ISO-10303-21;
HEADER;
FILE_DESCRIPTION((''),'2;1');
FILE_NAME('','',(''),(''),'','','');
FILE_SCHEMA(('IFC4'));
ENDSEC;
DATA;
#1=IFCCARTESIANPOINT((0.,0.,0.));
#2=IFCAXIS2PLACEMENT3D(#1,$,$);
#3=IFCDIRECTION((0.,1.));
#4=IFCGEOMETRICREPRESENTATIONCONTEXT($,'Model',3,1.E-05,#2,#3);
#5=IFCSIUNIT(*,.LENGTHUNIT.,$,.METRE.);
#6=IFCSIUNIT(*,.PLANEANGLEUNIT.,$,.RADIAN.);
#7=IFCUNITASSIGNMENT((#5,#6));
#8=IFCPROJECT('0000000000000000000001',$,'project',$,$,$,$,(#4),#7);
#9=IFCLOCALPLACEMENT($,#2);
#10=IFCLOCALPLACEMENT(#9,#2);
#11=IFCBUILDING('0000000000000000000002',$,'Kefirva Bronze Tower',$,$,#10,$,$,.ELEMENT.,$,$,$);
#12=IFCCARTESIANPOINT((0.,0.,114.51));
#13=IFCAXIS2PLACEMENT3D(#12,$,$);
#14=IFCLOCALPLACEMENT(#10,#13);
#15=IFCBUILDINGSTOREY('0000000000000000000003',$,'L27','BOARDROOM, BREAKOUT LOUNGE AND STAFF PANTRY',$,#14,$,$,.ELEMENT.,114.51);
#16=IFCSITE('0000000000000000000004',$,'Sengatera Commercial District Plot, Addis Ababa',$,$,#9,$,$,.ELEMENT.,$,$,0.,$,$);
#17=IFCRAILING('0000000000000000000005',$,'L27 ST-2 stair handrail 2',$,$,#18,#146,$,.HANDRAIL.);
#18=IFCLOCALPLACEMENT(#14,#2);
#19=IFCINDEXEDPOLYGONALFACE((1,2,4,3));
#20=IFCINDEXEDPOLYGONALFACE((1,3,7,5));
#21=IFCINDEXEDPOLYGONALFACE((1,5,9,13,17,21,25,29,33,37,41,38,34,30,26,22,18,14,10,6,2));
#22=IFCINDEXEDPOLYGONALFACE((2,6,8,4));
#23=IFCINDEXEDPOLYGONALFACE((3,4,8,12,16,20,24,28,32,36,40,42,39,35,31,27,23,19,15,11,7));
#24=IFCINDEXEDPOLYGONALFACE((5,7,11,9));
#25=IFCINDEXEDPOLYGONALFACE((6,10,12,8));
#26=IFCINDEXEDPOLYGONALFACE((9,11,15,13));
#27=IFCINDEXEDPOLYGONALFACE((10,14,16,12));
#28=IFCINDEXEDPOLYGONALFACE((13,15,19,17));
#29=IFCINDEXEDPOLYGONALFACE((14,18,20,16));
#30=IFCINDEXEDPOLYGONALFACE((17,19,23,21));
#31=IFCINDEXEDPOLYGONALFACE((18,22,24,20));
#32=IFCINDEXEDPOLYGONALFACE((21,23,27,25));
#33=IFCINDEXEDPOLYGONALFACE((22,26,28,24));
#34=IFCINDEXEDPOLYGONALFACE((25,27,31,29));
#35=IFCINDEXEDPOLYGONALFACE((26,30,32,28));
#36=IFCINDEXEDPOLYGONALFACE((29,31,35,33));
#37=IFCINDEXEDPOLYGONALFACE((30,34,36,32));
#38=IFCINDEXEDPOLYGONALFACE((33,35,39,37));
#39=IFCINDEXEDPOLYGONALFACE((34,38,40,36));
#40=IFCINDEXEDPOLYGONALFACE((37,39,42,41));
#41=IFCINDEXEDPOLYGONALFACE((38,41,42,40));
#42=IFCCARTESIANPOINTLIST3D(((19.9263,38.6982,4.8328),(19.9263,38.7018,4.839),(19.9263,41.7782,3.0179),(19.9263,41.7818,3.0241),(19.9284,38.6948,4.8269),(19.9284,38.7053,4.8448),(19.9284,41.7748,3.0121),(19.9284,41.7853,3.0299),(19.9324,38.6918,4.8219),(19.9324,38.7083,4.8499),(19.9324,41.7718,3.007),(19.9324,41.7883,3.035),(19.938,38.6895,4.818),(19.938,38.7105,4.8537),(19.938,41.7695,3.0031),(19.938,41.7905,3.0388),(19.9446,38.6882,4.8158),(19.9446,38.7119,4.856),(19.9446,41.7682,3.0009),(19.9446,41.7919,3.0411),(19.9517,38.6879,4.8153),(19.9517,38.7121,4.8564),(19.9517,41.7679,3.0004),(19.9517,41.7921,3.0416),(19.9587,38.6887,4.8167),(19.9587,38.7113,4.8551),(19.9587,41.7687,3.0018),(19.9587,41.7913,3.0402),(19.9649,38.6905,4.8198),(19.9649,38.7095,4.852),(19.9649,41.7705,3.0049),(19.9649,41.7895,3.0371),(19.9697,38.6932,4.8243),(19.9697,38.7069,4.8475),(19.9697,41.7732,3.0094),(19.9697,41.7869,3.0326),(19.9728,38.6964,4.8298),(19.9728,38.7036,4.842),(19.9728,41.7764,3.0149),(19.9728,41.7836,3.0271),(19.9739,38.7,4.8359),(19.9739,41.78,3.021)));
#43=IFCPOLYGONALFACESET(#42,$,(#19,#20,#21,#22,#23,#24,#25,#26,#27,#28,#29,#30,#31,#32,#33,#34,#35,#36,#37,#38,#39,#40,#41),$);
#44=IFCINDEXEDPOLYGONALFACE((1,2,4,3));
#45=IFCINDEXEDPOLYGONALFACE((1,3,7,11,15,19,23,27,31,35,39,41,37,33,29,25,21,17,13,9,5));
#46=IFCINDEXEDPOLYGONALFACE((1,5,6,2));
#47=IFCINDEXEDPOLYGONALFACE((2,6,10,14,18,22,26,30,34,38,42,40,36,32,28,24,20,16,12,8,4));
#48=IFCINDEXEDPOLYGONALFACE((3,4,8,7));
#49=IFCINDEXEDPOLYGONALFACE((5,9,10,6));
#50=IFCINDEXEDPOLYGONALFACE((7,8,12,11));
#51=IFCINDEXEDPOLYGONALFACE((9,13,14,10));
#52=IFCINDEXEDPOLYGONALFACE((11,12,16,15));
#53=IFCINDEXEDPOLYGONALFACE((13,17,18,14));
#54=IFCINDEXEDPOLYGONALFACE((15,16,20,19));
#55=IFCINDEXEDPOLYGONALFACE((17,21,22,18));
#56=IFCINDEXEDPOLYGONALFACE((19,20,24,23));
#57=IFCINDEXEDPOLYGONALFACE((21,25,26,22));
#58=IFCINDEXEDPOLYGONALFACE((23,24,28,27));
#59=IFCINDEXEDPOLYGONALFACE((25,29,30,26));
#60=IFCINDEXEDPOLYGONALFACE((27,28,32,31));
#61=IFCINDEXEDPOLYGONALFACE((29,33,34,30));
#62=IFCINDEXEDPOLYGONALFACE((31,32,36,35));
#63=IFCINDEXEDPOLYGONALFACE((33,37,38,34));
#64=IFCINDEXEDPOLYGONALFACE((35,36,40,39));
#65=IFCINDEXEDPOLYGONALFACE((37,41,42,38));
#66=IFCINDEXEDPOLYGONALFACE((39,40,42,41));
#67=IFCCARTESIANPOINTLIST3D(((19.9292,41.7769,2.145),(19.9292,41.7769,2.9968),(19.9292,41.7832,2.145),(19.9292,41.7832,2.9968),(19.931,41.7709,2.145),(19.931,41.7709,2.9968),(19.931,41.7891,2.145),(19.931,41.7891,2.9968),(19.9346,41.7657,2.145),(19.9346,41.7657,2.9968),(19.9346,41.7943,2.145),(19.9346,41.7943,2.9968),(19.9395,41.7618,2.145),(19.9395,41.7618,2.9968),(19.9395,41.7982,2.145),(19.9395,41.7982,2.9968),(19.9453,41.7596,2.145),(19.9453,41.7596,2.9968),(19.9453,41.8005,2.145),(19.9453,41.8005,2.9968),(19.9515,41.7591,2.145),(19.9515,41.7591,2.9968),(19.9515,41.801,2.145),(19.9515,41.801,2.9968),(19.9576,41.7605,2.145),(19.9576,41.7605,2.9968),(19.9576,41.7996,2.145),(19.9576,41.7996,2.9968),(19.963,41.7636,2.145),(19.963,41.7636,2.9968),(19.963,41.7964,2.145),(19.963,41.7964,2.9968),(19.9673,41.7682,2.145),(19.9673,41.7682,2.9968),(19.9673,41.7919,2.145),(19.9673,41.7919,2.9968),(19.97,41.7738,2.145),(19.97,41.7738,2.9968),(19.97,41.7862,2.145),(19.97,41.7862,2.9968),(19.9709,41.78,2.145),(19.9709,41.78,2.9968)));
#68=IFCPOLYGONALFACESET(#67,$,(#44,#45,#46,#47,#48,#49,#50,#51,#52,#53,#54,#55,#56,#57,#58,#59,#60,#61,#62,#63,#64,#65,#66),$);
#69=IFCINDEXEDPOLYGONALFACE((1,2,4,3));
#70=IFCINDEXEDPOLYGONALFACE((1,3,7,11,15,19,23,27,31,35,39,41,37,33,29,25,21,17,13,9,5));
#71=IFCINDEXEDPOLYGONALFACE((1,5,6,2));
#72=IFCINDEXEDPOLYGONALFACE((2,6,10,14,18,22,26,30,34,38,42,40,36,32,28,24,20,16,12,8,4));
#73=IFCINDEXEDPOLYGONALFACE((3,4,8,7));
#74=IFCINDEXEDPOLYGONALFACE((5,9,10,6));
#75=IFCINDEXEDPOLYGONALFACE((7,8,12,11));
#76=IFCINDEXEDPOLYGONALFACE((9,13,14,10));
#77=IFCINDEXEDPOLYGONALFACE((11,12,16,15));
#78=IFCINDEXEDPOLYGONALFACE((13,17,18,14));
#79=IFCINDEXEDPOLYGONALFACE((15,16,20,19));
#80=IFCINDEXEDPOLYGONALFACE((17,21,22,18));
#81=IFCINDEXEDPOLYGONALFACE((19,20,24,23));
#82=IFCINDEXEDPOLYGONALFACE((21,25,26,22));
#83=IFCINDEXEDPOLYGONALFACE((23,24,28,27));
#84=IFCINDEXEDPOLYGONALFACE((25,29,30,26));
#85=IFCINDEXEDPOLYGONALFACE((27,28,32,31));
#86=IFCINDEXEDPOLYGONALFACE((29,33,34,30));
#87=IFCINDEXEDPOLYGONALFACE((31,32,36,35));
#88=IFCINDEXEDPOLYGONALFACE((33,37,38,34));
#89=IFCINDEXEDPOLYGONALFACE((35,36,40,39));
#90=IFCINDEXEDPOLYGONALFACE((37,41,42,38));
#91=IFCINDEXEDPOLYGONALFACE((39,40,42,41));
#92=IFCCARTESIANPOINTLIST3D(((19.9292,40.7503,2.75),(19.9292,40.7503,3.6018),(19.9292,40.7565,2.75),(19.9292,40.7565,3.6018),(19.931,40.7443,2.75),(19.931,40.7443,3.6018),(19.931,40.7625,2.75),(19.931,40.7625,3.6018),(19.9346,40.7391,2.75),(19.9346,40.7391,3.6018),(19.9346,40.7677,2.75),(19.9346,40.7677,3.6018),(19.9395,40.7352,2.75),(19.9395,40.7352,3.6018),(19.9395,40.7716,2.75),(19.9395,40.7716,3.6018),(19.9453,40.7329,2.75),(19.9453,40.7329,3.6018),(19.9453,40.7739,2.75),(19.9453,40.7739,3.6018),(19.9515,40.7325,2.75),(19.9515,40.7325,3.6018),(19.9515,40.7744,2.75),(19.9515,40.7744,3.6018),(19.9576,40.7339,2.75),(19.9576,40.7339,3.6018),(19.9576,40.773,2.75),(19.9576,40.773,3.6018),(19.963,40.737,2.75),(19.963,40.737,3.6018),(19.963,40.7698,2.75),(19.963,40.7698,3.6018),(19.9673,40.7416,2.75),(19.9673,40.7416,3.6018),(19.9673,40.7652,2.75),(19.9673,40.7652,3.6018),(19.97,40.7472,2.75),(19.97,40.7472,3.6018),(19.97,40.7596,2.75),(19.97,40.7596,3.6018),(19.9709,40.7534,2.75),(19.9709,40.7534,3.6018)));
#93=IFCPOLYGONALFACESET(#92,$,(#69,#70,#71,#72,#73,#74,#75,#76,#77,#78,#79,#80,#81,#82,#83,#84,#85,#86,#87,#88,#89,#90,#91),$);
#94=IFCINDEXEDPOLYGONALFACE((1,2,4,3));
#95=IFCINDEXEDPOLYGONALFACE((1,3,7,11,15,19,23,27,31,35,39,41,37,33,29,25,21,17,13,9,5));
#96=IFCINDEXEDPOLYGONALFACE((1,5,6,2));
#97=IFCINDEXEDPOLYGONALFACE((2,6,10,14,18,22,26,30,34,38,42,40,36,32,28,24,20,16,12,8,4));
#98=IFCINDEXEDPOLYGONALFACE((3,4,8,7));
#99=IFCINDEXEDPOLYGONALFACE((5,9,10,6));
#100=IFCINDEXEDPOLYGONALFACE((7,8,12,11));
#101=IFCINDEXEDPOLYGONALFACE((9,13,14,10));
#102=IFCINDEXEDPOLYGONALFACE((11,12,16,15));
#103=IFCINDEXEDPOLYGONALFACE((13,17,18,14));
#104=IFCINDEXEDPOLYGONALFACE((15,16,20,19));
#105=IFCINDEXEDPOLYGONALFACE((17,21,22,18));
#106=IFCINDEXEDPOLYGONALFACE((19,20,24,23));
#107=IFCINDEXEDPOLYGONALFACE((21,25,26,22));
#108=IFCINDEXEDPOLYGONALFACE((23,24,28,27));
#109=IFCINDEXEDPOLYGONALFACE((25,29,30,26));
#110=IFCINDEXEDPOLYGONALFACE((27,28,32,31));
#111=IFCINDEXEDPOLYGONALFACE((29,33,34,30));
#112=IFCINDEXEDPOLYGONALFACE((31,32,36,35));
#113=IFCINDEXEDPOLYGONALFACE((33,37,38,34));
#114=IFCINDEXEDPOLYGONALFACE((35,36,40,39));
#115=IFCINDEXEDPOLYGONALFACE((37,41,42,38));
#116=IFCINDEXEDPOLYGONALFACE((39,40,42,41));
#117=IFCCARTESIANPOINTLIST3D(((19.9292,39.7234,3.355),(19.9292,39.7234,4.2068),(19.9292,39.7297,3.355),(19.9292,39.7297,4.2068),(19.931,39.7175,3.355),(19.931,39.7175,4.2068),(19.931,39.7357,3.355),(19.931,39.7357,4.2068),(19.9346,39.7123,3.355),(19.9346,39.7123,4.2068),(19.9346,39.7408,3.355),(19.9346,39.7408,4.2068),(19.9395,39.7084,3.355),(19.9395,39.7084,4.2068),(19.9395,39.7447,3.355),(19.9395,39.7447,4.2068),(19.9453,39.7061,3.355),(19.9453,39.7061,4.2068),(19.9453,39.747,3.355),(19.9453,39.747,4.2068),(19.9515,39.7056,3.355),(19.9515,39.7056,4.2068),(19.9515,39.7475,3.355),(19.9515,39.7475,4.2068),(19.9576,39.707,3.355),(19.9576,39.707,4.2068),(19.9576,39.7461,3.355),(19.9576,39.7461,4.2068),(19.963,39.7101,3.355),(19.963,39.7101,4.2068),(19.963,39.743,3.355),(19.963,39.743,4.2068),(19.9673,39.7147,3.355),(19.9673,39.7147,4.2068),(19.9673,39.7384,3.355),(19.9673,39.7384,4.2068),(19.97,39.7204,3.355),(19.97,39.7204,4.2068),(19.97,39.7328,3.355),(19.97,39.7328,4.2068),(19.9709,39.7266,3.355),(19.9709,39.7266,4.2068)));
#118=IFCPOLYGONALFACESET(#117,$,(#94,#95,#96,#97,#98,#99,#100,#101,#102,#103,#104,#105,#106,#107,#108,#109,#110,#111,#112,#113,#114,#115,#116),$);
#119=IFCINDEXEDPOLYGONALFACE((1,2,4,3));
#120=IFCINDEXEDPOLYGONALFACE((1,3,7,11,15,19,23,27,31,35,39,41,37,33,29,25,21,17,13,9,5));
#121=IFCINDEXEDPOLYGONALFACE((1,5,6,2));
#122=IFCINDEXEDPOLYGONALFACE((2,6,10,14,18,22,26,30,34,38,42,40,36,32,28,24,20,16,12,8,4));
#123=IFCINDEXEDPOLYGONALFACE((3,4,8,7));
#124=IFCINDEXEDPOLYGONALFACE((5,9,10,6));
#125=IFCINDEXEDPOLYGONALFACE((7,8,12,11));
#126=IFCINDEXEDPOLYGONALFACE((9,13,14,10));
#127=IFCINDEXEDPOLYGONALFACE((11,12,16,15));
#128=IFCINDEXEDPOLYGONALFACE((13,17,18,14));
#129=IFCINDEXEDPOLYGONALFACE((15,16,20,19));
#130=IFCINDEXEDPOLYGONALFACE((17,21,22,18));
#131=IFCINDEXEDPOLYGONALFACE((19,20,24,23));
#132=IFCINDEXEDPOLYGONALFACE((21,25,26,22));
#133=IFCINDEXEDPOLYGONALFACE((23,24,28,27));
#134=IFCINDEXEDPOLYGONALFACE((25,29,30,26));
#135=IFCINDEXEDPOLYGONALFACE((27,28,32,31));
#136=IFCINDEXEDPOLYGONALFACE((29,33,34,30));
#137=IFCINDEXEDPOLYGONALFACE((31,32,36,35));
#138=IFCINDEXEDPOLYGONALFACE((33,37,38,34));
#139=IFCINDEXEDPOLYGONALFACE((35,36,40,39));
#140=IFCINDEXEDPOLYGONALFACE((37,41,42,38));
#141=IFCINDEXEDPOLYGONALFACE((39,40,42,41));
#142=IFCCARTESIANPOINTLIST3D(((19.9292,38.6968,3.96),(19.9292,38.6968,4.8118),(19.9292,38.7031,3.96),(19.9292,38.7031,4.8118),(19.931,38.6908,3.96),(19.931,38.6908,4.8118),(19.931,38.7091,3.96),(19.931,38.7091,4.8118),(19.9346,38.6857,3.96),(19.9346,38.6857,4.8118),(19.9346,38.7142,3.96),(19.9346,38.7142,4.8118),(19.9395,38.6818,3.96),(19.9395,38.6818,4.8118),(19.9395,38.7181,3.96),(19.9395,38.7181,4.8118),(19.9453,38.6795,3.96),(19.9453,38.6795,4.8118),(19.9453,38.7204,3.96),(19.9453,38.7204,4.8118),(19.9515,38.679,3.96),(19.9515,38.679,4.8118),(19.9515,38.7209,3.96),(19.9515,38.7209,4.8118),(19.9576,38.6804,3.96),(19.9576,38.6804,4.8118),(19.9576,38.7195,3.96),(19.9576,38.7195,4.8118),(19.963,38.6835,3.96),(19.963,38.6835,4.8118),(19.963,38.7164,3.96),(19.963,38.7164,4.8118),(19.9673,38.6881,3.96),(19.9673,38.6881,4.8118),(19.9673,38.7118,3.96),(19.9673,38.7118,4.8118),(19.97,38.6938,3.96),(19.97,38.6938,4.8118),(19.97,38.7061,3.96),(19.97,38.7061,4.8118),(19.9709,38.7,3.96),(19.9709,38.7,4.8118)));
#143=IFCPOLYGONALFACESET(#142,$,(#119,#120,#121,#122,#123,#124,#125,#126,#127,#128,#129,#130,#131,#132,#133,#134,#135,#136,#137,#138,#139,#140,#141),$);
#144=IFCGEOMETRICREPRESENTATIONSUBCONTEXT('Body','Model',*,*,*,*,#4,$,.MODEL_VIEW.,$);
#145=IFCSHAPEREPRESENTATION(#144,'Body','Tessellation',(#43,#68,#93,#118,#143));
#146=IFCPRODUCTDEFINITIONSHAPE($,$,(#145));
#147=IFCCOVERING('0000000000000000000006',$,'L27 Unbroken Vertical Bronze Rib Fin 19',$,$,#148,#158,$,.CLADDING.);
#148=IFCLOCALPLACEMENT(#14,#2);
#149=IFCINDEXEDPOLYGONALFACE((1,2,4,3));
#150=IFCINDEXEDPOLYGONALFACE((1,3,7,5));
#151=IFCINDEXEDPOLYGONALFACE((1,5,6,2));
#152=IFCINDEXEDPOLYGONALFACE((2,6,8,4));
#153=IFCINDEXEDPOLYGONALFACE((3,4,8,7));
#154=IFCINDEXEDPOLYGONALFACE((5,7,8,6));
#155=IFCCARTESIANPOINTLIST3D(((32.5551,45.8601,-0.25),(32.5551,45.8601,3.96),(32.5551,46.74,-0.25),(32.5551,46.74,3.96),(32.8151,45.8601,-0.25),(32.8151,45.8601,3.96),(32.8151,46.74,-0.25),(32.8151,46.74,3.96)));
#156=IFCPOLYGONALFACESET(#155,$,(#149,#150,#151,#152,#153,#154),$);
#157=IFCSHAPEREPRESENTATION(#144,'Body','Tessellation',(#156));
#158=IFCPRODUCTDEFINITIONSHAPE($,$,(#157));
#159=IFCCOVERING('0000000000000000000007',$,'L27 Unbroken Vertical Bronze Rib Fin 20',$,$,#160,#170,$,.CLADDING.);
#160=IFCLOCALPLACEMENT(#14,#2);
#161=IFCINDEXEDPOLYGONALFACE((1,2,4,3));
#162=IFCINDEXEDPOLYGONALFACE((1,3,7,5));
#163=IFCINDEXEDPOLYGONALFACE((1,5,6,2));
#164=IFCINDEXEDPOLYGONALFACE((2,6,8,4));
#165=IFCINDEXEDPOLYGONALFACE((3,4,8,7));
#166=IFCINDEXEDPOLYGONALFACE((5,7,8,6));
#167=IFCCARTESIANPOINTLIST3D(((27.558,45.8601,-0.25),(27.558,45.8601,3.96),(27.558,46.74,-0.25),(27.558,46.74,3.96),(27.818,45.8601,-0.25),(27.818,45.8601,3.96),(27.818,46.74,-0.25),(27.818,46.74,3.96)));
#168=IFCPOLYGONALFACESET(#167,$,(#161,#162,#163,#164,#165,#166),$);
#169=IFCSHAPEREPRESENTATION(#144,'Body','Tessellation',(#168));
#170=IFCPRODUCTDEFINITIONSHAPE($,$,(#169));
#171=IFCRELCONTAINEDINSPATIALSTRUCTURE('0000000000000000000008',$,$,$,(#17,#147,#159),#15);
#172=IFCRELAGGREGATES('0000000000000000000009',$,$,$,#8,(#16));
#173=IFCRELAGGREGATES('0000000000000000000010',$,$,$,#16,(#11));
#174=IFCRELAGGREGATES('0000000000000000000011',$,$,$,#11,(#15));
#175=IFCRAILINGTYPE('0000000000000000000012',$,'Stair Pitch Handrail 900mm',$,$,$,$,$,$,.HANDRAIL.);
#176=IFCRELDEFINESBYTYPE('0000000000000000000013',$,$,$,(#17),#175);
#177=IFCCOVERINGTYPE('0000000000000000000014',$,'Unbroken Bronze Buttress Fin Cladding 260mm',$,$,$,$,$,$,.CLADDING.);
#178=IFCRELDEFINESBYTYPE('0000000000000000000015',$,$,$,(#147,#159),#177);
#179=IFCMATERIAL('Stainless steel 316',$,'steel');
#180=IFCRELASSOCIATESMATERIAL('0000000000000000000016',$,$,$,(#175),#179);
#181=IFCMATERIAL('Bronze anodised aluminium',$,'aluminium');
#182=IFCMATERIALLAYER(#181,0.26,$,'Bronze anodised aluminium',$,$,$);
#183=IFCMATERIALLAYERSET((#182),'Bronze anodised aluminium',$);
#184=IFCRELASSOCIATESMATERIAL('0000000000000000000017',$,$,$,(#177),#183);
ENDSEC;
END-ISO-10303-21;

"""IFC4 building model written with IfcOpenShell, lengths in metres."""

from ifc_helpers import new_model, si_unit, direction, frame, origin, origin_2d, place, context, subcontext, project, spatial, rectangle, circle, extrude, material, layer, layer_set, type_object, element, save


model = new_model("IFC4")

# Units and contexts
model_context = context("Model", 3, precision=1e-05, world=origin(), true_north=direction((0.0, 1.0)))
body_context = subcontext(model_context, "Body", "Model", "MODEL_VIEW")
ifc_project = project(units=[si_unit("LENGTHUNIT", "METRE"), si_unit("PLANEANGLEUNIT", "RADIAN")], contexts=[model_context])

# Site, building, storey
site_placement = place(None, origin())
site = spatial("IfcSite", under=ifc_project, at=site_placement, Name="Sengatera Commercial District Plot, Addis Ababa", CompositionType="ELEMENT", RefElevation=0.0)
building_placement = place(site_placement, origin())
building = spatial("IfcBuilding", under=site, at=building_placement, Name="Kefirva Bronze Tower", CompositionType="ELEMENT")
storey_placement = place(building_placement, frame((0.0, 0.0, 114.51)))
storey = spatial("IfcBuildingStorey", under=building, at=storey_placement, Name="L27", Description="BOARDROOM, BREAKOUT LOUNGE AND STAFF PANTRY", CompositionType="ELEMENT", Elevation=114.51)

# Shared definitions
ifc_material_1 = material(Name="Bronze anodised aluminium", Category="aluminium")

# Railing
ifc_material_2 = material(Name="Stainless steel 316", Category="steel")
railing_type_1 = type_object("IfcRailingType", Name="Stair Pitch Handrail 900mm", PredefinedType="HANDRAIL", material=ifc_material_2)
railing_1_placement = place(storey_placement, frame((19.95, 41.78, 2.145)))
element("IfcRailing", 1, at=railing_1_placement, inside=storey, type_object=railing_type_1, Name="L27 ST-2 stair handrail 2", PredefinedType="HANDRAIL", context=body_context, shape_type="SweptSolid", body=[
    extrude(circle(Radius=0.0239, at=origin_2d()), frame((0.0, 0.0, 0.876), z_axis=(0.0, -0.861551, 0.507671), x_axis=(1.0, 0.0, 0.0)), (0.0, 0.0, 1.0), 3.575),
    extrude(circle(Radius=0.021, at=origin_2d()), origin(), (0.0, 0.0, 1.0), 0.8518),
    extrude(circle(Radius=0.021, at=origin_2d()), frame((0.0, -1.0266, 0.605)), (0.0, 0.0, 1.0), 0.8518),
    extrude(circle(Radius=0.021, at=origin_2d()), frame((0.0, -2.0535, 1.21)), (0.0, 0.0, 1.0), 0.8518),
    extrude(circle(Radius=0.021, at=origin_2d()), frame((0.0, -3.0801, 1.8149)), (0.0, 0.0, 1.0), 0.8518),
])

# Coverings
ifc_layer_1 = layer(ifc_material_1, 0.26, Name="Bronze anodised aluminium")
ifc_layer_set_1 = layer_set([ifc_layer_1], Name="Bronze anodised aluminium")
covering_type_1 = type_object("IfcCoveringType", Name="Unbroken Bronze Buttress Fin Cladding 260mm", PredefinedType="CLADDING", material=ifc_layer_set_1)
for number, where, z_axis, x_axis, name in (
    (2, (32.6851, 46.3, -0.25), (0.0, 0.0, 1.0), (-1.0, 0.0, 0.0), "L27 Unbroken Vertical Bronze Rib Fin 19"),
    (3, (27.688, 46.3, -0.25), (0.0, 0.0, 1.0), (-1.0, 0.0, 0.0), "L27 Unbroken Vertical Bronze Rib Fin 20"),
):
    element("IfcCovering", number, at=place(storey_placement, frame(where, z_axis=z_axis, x_axis=x_axis)), inside=storey, type_object=covering_type_1, Name=name, PredefinedType="CLADDING", context=body_context, shape_type="SweptSolid", body=[
        extrude(rectangle(XDim=0.26, YDim=0.8799, at=origin_2d()), origin(), (0.0, 0.0, 1.0), 4.21),
    ])

save(model, "model.ifc")
